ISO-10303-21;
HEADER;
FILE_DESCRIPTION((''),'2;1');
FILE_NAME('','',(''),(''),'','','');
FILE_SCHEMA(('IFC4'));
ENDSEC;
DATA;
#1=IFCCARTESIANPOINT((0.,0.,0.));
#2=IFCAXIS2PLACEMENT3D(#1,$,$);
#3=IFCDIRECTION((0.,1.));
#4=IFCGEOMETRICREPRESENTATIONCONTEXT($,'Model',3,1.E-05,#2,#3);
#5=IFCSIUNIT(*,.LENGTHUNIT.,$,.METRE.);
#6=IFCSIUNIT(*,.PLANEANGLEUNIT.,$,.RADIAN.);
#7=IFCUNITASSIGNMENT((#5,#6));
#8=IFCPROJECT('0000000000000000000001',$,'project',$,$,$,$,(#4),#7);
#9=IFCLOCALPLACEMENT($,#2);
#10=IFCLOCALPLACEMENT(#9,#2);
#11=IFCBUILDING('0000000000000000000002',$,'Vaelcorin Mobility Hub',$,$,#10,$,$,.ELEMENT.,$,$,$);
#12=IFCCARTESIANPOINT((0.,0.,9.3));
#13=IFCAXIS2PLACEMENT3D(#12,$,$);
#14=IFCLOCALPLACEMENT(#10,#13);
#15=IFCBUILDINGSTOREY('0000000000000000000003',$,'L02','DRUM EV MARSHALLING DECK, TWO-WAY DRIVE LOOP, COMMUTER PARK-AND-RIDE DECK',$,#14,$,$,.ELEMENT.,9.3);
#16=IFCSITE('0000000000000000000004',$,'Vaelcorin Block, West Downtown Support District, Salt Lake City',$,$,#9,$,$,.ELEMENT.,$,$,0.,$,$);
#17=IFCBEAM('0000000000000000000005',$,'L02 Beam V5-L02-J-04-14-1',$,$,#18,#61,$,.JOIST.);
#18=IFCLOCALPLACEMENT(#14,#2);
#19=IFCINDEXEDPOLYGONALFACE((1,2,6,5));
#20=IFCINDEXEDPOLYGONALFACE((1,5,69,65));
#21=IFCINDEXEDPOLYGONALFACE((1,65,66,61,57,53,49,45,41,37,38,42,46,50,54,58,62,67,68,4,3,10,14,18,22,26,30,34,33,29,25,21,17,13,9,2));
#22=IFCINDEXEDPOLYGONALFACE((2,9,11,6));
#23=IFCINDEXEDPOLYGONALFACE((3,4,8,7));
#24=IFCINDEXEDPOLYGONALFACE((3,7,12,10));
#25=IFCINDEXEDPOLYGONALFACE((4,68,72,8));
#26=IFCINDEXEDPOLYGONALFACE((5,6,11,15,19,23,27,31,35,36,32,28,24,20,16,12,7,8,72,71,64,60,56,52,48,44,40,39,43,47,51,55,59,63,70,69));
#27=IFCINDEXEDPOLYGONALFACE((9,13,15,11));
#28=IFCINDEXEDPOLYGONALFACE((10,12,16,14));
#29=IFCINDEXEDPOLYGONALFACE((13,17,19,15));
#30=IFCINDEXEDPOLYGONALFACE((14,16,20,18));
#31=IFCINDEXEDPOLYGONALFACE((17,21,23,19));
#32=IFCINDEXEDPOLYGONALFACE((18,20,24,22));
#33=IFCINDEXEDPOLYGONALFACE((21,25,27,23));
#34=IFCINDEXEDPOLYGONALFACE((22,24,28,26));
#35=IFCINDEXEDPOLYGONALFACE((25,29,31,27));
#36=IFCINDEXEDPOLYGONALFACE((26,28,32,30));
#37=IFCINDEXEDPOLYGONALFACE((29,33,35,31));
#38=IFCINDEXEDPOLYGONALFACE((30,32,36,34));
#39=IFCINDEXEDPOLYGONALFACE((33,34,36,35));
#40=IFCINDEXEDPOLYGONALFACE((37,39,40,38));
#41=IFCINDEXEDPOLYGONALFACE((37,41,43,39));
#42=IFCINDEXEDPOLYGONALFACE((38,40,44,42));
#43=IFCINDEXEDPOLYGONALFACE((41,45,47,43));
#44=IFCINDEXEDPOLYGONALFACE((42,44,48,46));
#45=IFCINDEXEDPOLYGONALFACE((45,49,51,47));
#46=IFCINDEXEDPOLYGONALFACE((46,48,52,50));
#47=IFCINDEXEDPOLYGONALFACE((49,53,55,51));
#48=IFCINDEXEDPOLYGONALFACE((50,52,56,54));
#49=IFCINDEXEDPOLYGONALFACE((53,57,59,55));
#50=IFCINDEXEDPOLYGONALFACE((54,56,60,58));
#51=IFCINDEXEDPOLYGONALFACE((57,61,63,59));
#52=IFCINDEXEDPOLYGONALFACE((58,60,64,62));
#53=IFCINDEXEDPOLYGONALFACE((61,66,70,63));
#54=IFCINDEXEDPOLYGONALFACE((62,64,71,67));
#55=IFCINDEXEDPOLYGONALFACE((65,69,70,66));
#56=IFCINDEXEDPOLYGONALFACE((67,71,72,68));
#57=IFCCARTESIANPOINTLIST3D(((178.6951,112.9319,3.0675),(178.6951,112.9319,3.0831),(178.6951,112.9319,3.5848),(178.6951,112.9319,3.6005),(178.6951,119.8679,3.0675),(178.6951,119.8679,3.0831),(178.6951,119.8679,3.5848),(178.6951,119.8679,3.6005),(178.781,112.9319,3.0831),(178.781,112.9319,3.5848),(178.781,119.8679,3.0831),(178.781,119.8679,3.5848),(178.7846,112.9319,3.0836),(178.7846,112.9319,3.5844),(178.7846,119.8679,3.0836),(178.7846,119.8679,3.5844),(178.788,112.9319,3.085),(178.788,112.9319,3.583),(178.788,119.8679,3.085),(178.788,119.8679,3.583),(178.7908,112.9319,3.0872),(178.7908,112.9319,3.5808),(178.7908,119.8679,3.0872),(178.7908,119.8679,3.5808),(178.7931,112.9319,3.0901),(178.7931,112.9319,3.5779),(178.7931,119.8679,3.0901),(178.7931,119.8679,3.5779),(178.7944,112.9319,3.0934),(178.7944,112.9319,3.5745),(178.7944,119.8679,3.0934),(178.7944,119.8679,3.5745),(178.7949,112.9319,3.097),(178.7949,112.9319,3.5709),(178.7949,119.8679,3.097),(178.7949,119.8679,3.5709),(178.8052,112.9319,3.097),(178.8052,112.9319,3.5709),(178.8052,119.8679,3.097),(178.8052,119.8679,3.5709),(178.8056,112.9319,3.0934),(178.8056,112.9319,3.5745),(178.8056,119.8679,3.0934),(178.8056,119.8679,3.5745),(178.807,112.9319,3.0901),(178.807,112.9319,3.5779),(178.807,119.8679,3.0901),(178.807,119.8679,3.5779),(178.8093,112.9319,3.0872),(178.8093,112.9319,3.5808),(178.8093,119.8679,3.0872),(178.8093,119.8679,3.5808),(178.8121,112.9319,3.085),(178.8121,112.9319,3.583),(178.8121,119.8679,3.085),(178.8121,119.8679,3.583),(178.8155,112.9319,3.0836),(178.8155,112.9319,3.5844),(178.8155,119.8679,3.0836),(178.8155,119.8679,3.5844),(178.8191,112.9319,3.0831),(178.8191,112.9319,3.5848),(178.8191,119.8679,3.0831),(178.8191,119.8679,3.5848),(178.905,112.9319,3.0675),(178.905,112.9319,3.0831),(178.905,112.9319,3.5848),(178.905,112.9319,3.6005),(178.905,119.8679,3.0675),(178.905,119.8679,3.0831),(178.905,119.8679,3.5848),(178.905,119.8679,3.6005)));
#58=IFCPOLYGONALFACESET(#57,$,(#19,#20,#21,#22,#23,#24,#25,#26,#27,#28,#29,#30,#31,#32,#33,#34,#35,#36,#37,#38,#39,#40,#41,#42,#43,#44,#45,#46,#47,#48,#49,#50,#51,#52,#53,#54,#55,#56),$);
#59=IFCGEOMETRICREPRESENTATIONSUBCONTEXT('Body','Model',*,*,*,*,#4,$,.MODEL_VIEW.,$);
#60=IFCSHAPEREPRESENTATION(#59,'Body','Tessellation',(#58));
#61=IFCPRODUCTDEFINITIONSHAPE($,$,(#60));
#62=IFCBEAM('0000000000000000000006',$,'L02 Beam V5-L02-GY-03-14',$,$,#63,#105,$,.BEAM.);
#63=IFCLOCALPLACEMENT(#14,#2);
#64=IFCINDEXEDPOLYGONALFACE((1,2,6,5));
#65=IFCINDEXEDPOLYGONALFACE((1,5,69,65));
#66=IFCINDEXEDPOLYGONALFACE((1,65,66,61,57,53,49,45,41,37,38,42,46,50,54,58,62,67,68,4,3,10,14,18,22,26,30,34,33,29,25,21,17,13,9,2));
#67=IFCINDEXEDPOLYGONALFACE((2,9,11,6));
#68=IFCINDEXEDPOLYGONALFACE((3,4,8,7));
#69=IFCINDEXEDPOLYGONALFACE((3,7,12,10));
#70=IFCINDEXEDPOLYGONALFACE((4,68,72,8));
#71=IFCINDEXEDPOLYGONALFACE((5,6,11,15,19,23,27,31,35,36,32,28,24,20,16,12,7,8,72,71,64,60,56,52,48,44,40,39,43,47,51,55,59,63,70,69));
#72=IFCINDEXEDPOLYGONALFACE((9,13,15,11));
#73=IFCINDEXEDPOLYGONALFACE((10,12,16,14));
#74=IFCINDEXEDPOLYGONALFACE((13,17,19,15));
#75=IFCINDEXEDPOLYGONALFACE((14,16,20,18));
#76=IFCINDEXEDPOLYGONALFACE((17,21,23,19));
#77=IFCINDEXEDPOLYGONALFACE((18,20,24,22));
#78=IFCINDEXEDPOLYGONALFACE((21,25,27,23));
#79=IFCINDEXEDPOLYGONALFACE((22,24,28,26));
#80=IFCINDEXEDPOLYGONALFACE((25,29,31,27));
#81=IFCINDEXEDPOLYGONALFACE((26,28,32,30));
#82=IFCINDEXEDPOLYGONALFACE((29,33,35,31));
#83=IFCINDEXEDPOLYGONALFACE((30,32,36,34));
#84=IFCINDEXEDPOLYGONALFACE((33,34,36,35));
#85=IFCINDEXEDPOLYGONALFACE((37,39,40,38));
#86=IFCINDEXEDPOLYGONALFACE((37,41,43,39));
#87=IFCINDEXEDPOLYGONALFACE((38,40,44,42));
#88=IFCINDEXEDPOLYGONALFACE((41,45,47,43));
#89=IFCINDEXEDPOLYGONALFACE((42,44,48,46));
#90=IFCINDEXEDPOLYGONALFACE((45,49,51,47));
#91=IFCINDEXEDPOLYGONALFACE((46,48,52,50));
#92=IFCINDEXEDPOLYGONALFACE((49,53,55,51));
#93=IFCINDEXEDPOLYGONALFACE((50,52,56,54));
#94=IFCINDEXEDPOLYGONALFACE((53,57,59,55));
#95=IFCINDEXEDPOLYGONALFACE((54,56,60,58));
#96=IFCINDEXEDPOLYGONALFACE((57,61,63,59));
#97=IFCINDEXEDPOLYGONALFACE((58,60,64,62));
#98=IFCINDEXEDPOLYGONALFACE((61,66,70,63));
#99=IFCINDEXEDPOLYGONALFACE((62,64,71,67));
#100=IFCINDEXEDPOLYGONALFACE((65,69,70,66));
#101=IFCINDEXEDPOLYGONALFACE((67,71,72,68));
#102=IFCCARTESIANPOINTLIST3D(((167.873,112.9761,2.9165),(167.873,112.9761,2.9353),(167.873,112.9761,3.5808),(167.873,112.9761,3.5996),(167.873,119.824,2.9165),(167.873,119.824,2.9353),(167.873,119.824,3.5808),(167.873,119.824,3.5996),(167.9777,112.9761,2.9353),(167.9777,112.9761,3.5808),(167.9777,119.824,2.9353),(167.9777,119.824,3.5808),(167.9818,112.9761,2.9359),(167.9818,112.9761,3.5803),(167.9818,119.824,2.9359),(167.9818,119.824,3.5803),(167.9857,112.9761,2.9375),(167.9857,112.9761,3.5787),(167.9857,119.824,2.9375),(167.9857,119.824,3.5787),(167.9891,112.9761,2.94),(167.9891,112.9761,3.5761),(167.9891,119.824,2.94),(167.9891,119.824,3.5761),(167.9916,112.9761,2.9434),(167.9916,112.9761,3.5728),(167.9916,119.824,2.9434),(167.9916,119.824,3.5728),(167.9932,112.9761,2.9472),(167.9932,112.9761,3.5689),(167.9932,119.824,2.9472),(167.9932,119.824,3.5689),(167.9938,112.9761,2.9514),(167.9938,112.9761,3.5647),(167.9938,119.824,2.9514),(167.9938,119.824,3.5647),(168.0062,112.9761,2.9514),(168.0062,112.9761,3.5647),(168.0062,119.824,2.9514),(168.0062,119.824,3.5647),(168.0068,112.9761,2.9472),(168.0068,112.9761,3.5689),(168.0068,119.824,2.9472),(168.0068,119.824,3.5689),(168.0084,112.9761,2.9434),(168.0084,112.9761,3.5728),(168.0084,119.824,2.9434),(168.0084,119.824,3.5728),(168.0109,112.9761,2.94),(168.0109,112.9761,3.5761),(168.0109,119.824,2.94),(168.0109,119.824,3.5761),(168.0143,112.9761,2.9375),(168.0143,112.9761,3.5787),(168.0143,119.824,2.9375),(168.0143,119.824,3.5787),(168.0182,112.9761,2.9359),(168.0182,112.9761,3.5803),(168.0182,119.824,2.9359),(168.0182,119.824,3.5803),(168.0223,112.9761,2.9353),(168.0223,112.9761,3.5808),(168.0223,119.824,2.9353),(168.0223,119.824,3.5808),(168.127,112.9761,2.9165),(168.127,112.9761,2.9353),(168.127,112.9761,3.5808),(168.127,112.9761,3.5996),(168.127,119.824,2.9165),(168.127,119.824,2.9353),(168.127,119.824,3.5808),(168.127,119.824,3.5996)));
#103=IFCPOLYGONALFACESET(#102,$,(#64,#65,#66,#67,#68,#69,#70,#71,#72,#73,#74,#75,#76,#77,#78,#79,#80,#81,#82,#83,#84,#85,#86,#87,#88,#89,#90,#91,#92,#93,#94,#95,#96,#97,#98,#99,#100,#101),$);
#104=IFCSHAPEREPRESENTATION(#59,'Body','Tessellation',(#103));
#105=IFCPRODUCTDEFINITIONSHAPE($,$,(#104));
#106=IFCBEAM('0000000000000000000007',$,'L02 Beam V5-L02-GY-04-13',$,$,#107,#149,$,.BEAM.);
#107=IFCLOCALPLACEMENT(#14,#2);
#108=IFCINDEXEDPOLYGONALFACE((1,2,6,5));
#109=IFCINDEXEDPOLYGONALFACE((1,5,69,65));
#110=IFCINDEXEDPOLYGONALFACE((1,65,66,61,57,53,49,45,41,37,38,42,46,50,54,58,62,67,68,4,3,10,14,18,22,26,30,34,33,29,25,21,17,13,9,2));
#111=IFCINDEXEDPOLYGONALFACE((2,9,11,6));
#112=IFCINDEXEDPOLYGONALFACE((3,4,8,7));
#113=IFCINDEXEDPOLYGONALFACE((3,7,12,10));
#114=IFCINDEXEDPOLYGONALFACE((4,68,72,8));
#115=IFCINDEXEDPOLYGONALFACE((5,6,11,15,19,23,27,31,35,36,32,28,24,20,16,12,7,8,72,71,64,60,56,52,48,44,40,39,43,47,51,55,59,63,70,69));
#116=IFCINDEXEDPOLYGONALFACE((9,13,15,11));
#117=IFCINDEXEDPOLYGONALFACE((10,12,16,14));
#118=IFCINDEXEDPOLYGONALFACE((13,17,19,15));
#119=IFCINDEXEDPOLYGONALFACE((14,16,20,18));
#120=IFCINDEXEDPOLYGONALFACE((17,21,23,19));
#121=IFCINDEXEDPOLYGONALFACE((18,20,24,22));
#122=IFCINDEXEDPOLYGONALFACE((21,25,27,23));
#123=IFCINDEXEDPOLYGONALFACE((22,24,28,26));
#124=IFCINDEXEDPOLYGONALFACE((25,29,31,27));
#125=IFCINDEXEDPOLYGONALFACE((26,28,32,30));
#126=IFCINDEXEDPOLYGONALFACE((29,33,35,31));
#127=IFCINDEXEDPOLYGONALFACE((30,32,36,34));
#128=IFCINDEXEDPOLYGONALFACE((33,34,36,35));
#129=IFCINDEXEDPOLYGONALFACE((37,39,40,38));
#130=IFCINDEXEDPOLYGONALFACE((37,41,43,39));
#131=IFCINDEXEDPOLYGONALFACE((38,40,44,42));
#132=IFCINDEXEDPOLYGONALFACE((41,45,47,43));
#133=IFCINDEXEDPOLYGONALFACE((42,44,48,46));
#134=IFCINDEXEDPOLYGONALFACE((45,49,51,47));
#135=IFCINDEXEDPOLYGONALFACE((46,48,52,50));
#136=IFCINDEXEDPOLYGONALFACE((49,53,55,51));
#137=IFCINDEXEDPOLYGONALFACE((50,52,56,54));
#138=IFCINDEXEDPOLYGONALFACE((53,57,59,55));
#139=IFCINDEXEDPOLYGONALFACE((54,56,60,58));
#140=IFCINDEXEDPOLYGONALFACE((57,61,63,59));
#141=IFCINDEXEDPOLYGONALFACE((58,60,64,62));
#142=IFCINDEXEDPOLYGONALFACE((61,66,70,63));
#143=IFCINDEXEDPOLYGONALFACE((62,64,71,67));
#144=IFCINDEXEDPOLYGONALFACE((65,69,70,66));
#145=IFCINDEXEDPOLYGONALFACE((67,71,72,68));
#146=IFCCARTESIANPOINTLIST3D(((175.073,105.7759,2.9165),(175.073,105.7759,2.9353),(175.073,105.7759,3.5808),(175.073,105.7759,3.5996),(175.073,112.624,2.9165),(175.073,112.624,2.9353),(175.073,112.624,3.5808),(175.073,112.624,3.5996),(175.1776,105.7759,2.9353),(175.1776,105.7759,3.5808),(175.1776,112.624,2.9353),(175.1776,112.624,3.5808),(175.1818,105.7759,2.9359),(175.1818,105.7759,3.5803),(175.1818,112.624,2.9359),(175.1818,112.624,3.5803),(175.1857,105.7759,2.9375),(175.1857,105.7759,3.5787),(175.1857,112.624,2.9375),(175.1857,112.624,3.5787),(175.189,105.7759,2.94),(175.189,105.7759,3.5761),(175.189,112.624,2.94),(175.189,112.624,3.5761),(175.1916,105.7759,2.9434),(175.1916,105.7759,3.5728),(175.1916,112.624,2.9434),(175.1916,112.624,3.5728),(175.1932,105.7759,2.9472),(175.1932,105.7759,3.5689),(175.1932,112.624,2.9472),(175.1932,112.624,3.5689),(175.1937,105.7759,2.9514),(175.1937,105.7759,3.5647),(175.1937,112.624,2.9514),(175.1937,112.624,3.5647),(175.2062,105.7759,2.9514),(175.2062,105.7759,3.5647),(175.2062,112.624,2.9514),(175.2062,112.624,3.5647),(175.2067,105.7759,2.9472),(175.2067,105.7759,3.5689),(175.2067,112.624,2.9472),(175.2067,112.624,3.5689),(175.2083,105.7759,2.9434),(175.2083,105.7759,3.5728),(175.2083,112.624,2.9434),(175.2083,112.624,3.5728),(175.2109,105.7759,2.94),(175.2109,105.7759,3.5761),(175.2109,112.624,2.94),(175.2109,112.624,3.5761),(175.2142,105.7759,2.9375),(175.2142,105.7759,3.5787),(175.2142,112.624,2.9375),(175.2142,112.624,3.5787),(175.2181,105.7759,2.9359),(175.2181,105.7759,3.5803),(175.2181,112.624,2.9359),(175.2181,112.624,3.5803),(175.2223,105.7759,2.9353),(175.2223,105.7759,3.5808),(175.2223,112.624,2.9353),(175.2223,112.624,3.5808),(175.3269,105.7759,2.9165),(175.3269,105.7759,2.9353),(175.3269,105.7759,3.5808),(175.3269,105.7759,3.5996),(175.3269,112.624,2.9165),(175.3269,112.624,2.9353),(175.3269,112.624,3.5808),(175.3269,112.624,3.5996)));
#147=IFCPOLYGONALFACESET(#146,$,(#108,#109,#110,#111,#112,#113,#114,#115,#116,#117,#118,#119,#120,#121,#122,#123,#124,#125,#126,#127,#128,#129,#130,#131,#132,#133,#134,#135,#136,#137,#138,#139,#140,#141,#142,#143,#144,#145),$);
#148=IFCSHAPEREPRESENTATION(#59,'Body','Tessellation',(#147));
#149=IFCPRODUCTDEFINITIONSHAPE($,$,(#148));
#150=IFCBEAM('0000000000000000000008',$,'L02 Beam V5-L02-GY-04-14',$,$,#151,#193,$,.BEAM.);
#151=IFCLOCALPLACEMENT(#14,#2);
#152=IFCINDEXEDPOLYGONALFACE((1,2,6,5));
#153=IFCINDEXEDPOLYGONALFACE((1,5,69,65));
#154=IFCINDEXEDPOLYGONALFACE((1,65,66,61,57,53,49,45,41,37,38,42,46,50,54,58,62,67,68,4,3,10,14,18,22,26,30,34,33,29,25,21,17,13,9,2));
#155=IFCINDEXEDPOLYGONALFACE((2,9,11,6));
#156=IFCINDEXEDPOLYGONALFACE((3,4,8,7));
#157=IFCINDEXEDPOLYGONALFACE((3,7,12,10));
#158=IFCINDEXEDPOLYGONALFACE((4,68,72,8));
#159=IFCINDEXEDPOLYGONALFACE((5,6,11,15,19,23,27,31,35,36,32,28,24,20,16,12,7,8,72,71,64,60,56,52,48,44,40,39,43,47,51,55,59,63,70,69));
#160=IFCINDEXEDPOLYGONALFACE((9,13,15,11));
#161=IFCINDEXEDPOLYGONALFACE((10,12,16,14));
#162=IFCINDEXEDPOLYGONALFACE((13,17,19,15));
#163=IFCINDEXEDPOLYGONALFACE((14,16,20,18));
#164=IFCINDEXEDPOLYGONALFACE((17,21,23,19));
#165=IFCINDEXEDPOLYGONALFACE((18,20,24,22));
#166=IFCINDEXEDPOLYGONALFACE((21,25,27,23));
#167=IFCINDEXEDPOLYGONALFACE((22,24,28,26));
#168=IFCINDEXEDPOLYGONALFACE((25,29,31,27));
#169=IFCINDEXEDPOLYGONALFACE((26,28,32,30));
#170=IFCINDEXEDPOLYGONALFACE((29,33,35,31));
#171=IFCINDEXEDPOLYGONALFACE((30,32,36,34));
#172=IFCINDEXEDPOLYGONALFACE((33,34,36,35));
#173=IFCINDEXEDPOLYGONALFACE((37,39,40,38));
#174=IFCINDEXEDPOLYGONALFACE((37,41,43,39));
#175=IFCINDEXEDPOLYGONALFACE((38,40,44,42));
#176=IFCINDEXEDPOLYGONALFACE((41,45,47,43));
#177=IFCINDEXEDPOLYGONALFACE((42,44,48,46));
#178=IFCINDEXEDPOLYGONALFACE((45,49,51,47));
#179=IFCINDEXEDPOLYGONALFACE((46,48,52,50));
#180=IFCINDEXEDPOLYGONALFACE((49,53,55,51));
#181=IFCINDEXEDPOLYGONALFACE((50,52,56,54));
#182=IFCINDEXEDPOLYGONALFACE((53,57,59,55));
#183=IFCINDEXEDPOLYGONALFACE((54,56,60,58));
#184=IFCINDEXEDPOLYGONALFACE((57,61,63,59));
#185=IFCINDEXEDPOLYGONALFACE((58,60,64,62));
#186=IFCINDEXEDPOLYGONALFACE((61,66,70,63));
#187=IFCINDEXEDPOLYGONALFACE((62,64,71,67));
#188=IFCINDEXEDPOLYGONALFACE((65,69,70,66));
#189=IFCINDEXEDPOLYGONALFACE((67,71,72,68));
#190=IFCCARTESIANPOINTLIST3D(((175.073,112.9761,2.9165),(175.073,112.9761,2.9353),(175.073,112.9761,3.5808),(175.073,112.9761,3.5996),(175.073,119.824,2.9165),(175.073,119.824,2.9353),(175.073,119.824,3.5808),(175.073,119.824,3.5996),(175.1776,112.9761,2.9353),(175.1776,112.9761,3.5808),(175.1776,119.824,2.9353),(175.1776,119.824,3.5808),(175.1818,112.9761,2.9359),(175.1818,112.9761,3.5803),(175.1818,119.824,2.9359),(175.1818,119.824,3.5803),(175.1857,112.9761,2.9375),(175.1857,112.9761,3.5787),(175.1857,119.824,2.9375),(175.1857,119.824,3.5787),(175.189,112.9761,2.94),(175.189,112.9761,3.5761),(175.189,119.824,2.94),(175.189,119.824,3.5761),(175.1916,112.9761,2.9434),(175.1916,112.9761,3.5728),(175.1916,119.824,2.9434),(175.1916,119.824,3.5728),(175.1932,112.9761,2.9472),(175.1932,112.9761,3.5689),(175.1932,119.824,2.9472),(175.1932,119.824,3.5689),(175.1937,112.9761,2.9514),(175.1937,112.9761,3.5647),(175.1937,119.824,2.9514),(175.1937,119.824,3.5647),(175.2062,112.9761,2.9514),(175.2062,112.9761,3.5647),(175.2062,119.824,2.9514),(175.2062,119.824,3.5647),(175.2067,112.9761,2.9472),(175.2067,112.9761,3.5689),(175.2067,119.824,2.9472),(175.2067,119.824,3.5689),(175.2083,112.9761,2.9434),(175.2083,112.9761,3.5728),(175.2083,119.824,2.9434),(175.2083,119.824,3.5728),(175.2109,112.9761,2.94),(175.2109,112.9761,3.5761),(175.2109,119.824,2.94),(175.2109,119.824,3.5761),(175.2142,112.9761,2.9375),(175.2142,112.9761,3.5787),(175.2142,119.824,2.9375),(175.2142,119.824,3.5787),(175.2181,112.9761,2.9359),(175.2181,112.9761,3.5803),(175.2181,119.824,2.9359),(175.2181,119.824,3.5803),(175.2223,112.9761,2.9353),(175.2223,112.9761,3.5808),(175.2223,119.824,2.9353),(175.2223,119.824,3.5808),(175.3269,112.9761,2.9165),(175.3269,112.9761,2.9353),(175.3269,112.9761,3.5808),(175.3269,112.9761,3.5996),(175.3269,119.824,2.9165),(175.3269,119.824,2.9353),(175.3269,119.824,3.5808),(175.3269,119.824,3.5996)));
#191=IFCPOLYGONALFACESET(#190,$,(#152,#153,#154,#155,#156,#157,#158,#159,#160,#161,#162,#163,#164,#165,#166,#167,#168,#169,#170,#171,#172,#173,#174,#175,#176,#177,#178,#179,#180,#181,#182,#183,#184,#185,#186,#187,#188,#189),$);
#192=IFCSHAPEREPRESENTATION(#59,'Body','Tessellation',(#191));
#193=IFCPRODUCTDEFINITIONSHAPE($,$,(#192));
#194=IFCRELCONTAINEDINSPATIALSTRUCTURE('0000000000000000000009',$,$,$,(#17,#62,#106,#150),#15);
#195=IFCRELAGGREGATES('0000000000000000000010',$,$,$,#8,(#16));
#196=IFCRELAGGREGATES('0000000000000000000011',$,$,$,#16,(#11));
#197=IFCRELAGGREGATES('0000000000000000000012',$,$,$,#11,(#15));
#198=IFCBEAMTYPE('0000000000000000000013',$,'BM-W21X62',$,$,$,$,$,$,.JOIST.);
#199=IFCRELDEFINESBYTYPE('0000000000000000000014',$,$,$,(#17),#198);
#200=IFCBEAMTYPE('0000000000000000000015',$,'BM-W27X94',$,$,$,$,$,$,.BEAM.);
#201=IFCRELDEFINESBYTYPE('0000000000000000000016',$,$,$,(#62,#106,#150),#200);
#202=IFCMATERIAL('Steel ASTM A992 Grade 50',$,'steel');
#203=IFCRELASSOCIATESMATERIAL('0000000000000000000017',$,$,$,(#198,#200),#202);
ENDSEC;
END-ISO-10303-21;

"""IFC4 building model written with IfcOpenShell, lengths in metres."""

from ifc_helpers import new_model, si_unit, direction, frame, origin, origin_2d, place, context, subcontext, project, spatial, i_section, extrude, material, material_profile, profile_set, type_object, element, save


model = new_model("IFC4")

# Units and contexts
model_context = context("Model", 3, precision=1e-05, world=origin(), true_north=direction((0.0, 1.0)))
body_context = subcontext(model_context, "Body", "Model", "MODEL_VIEW")
ifc_project = project(units=[si_unit("LENGTHUNIT", "METRE"), si_unit("PLANEANGLEUNIT", "RADIAN")], contexts=[model_context])

# Site, building, storey
site_placement = place(None, origin())
site = spatial("IfcSite", under=ifc_project, at=site_placement, Name="Vaelcorin Block, West Downtown Support District, Salt Lake City", CompositionType="ELEMENT", RefElevation=0.0)
building_placement = place(site_placement, origin())
building = spatial("IfcBuilding", under=site, at=building_placement, Name="Vaelcorin Mobility Hub", CompositionType="ELEMENT")
storey_placement = place(building_placement, frame((0.0, 0.0, 9.3)))
storey = spatial("IfcBuildingStorey", under=building, at=storey_placement, Name="L02", Description="DRUM EV MARSHALLING DECK, TWO-WAY DRIVE LOOP, COMMUTER PARK-AND-RIDE DECK", CompositionType="ELEMENT", Elevation=9.3)

# Shared definitions
ifc_material_1 = material(Name="Steel ASTM A992 Grade 50", Category="steel")

# Beams
ifc_material_profile_1 = material_profile(ifc_material_1, i_section(OverallWidth=0.21, OverallDepth=0.533, WebThickness=0.0103, FlangeThickness=0.0156, FilletRadius=0.0139, at=origin_2d()), Name="W21X62")
ifc_profile_set_1 = profile_set([ifc_material_profile_1], Name="Steel ASTM A992 Grade 50")
beam_type_1 = type_object("IfcBeamType", Name="BM-W21X62", PredefinedType="JOIST", material=ifc_profile_set_1)
for number, where, z_axis, x_axis, name in (
    (1, (178.8, 112.9319, 3.334), (0.0, 1.0, 0.0), (-1.0, 0.0, 0.0), "L02 Beam V5-L02-J-04-14-1"),
):
    element("IfcBeam", number, at=place(storey_placement, frame(where, z_axis=z_axis, x_axis=x_axis)), inside=storey, type_object=beam_type_1, Name=name, PredefinedType="JOIST", context=body_context, shape_type="SweptSolid", body=[
        extrude(i_section(OverallWidth=0.21, OverallDepth=0.533, WebThickness=0.0103, FlangeThickness=0.0156, FilletRadius=0.0139, at=origin_2d()), origin(), (0.0, 0.0, 1.0), 6.936),
    ])
ifc_material_profile_2 = material_profile(ifc_material_1, i_section(OverallWidth=0.2539, OverallDepth=0.6831, WebThickness=0.0125, FlangeThickness=0.0188, FilletRadius=0.0161, at=origin_2d()), Name="W27X94")
ifc_profile_set_2 = profile_set([ifc_material_profile_2], Name="Steel ASTM A992 Grade 50")
beam_type_2 = type_object("IfcBeamType", Name="BM-W27X94", PredefinedType="BEAM", material=ifc_profile_set_2)
beam_1_placement = place(storey_placement, frame((168.0, 112.9761, 3.2581), z_axis=(0.0, 1.0, 0.0), x_axis=(-1.0, 0.0, 0.0)))
element("IfcBeam", 2, at=beam_1_placement, inside=storey, type_object=beam_type_2, Name="L02 Beam V5-L02-GY-03-14", PredefinedType="BEAM", context=body_context, shape_type="SweptSolid", body=[
    extrude(i_section(OverallWidth=0.2539, OverallDepth=0.6831, WebThickness=0.0125, FlangeThickness=0.0188, FilletRadius=0.0161, at=origin_2d()), origin(), (0.0, 0.0, 1.0), 6.8479),
])
beam_2_placement = place(storey_placement, frame((175.2, 105.7759, 3.2581), z_axis=(0.0, 1.0, 0.0), x_axis=(-1.0, 0.0, 0.0)))
element("IfcBeam", 3, at=beam_2_placement, inside=storey, type_object=beam_type_2, Name="L02 Beam V5-L02-GY-04-13", PredefinedType="BEAM", context=body_context, shape_type="SweptSolid", body=[
    extrude(i_section(OverallWidth=0.2539, OverallDepth=0.6831, WebThickness=0.0125, FlangeThickness=0.0188, FilletRadius=0.0161, at=origin_2d()), origin(), (0.0, 0.0, 1.0), 6.8481),
])
beam_3_placement = place(storey_placement, frame((175.2, 112.9761, 3.2581), z_axis=(0.0, 1.0, 0.0), x_axis=(-1.0, 0.0, 0.0)))
element("IfcBeam", 4, at=beam_3_placement, inside=storey, type_object=beam_type_2, Name="L02 Beam V5-L02-GY-04-14", PredefinedType="BEAM", context=body_context, shape_type="SweptSolid", body=[
    extrude(i_section(OverallWidth=0.2539, OverallDepth=0.6831, WebThickness=0.0125, FlangeThickness=0.0188, FilletRadius=0.0161, at=origin_2d()), origin(), (0.0, 0.0, 1.0), 6.8479),
])

save(model, "model.ifc")
